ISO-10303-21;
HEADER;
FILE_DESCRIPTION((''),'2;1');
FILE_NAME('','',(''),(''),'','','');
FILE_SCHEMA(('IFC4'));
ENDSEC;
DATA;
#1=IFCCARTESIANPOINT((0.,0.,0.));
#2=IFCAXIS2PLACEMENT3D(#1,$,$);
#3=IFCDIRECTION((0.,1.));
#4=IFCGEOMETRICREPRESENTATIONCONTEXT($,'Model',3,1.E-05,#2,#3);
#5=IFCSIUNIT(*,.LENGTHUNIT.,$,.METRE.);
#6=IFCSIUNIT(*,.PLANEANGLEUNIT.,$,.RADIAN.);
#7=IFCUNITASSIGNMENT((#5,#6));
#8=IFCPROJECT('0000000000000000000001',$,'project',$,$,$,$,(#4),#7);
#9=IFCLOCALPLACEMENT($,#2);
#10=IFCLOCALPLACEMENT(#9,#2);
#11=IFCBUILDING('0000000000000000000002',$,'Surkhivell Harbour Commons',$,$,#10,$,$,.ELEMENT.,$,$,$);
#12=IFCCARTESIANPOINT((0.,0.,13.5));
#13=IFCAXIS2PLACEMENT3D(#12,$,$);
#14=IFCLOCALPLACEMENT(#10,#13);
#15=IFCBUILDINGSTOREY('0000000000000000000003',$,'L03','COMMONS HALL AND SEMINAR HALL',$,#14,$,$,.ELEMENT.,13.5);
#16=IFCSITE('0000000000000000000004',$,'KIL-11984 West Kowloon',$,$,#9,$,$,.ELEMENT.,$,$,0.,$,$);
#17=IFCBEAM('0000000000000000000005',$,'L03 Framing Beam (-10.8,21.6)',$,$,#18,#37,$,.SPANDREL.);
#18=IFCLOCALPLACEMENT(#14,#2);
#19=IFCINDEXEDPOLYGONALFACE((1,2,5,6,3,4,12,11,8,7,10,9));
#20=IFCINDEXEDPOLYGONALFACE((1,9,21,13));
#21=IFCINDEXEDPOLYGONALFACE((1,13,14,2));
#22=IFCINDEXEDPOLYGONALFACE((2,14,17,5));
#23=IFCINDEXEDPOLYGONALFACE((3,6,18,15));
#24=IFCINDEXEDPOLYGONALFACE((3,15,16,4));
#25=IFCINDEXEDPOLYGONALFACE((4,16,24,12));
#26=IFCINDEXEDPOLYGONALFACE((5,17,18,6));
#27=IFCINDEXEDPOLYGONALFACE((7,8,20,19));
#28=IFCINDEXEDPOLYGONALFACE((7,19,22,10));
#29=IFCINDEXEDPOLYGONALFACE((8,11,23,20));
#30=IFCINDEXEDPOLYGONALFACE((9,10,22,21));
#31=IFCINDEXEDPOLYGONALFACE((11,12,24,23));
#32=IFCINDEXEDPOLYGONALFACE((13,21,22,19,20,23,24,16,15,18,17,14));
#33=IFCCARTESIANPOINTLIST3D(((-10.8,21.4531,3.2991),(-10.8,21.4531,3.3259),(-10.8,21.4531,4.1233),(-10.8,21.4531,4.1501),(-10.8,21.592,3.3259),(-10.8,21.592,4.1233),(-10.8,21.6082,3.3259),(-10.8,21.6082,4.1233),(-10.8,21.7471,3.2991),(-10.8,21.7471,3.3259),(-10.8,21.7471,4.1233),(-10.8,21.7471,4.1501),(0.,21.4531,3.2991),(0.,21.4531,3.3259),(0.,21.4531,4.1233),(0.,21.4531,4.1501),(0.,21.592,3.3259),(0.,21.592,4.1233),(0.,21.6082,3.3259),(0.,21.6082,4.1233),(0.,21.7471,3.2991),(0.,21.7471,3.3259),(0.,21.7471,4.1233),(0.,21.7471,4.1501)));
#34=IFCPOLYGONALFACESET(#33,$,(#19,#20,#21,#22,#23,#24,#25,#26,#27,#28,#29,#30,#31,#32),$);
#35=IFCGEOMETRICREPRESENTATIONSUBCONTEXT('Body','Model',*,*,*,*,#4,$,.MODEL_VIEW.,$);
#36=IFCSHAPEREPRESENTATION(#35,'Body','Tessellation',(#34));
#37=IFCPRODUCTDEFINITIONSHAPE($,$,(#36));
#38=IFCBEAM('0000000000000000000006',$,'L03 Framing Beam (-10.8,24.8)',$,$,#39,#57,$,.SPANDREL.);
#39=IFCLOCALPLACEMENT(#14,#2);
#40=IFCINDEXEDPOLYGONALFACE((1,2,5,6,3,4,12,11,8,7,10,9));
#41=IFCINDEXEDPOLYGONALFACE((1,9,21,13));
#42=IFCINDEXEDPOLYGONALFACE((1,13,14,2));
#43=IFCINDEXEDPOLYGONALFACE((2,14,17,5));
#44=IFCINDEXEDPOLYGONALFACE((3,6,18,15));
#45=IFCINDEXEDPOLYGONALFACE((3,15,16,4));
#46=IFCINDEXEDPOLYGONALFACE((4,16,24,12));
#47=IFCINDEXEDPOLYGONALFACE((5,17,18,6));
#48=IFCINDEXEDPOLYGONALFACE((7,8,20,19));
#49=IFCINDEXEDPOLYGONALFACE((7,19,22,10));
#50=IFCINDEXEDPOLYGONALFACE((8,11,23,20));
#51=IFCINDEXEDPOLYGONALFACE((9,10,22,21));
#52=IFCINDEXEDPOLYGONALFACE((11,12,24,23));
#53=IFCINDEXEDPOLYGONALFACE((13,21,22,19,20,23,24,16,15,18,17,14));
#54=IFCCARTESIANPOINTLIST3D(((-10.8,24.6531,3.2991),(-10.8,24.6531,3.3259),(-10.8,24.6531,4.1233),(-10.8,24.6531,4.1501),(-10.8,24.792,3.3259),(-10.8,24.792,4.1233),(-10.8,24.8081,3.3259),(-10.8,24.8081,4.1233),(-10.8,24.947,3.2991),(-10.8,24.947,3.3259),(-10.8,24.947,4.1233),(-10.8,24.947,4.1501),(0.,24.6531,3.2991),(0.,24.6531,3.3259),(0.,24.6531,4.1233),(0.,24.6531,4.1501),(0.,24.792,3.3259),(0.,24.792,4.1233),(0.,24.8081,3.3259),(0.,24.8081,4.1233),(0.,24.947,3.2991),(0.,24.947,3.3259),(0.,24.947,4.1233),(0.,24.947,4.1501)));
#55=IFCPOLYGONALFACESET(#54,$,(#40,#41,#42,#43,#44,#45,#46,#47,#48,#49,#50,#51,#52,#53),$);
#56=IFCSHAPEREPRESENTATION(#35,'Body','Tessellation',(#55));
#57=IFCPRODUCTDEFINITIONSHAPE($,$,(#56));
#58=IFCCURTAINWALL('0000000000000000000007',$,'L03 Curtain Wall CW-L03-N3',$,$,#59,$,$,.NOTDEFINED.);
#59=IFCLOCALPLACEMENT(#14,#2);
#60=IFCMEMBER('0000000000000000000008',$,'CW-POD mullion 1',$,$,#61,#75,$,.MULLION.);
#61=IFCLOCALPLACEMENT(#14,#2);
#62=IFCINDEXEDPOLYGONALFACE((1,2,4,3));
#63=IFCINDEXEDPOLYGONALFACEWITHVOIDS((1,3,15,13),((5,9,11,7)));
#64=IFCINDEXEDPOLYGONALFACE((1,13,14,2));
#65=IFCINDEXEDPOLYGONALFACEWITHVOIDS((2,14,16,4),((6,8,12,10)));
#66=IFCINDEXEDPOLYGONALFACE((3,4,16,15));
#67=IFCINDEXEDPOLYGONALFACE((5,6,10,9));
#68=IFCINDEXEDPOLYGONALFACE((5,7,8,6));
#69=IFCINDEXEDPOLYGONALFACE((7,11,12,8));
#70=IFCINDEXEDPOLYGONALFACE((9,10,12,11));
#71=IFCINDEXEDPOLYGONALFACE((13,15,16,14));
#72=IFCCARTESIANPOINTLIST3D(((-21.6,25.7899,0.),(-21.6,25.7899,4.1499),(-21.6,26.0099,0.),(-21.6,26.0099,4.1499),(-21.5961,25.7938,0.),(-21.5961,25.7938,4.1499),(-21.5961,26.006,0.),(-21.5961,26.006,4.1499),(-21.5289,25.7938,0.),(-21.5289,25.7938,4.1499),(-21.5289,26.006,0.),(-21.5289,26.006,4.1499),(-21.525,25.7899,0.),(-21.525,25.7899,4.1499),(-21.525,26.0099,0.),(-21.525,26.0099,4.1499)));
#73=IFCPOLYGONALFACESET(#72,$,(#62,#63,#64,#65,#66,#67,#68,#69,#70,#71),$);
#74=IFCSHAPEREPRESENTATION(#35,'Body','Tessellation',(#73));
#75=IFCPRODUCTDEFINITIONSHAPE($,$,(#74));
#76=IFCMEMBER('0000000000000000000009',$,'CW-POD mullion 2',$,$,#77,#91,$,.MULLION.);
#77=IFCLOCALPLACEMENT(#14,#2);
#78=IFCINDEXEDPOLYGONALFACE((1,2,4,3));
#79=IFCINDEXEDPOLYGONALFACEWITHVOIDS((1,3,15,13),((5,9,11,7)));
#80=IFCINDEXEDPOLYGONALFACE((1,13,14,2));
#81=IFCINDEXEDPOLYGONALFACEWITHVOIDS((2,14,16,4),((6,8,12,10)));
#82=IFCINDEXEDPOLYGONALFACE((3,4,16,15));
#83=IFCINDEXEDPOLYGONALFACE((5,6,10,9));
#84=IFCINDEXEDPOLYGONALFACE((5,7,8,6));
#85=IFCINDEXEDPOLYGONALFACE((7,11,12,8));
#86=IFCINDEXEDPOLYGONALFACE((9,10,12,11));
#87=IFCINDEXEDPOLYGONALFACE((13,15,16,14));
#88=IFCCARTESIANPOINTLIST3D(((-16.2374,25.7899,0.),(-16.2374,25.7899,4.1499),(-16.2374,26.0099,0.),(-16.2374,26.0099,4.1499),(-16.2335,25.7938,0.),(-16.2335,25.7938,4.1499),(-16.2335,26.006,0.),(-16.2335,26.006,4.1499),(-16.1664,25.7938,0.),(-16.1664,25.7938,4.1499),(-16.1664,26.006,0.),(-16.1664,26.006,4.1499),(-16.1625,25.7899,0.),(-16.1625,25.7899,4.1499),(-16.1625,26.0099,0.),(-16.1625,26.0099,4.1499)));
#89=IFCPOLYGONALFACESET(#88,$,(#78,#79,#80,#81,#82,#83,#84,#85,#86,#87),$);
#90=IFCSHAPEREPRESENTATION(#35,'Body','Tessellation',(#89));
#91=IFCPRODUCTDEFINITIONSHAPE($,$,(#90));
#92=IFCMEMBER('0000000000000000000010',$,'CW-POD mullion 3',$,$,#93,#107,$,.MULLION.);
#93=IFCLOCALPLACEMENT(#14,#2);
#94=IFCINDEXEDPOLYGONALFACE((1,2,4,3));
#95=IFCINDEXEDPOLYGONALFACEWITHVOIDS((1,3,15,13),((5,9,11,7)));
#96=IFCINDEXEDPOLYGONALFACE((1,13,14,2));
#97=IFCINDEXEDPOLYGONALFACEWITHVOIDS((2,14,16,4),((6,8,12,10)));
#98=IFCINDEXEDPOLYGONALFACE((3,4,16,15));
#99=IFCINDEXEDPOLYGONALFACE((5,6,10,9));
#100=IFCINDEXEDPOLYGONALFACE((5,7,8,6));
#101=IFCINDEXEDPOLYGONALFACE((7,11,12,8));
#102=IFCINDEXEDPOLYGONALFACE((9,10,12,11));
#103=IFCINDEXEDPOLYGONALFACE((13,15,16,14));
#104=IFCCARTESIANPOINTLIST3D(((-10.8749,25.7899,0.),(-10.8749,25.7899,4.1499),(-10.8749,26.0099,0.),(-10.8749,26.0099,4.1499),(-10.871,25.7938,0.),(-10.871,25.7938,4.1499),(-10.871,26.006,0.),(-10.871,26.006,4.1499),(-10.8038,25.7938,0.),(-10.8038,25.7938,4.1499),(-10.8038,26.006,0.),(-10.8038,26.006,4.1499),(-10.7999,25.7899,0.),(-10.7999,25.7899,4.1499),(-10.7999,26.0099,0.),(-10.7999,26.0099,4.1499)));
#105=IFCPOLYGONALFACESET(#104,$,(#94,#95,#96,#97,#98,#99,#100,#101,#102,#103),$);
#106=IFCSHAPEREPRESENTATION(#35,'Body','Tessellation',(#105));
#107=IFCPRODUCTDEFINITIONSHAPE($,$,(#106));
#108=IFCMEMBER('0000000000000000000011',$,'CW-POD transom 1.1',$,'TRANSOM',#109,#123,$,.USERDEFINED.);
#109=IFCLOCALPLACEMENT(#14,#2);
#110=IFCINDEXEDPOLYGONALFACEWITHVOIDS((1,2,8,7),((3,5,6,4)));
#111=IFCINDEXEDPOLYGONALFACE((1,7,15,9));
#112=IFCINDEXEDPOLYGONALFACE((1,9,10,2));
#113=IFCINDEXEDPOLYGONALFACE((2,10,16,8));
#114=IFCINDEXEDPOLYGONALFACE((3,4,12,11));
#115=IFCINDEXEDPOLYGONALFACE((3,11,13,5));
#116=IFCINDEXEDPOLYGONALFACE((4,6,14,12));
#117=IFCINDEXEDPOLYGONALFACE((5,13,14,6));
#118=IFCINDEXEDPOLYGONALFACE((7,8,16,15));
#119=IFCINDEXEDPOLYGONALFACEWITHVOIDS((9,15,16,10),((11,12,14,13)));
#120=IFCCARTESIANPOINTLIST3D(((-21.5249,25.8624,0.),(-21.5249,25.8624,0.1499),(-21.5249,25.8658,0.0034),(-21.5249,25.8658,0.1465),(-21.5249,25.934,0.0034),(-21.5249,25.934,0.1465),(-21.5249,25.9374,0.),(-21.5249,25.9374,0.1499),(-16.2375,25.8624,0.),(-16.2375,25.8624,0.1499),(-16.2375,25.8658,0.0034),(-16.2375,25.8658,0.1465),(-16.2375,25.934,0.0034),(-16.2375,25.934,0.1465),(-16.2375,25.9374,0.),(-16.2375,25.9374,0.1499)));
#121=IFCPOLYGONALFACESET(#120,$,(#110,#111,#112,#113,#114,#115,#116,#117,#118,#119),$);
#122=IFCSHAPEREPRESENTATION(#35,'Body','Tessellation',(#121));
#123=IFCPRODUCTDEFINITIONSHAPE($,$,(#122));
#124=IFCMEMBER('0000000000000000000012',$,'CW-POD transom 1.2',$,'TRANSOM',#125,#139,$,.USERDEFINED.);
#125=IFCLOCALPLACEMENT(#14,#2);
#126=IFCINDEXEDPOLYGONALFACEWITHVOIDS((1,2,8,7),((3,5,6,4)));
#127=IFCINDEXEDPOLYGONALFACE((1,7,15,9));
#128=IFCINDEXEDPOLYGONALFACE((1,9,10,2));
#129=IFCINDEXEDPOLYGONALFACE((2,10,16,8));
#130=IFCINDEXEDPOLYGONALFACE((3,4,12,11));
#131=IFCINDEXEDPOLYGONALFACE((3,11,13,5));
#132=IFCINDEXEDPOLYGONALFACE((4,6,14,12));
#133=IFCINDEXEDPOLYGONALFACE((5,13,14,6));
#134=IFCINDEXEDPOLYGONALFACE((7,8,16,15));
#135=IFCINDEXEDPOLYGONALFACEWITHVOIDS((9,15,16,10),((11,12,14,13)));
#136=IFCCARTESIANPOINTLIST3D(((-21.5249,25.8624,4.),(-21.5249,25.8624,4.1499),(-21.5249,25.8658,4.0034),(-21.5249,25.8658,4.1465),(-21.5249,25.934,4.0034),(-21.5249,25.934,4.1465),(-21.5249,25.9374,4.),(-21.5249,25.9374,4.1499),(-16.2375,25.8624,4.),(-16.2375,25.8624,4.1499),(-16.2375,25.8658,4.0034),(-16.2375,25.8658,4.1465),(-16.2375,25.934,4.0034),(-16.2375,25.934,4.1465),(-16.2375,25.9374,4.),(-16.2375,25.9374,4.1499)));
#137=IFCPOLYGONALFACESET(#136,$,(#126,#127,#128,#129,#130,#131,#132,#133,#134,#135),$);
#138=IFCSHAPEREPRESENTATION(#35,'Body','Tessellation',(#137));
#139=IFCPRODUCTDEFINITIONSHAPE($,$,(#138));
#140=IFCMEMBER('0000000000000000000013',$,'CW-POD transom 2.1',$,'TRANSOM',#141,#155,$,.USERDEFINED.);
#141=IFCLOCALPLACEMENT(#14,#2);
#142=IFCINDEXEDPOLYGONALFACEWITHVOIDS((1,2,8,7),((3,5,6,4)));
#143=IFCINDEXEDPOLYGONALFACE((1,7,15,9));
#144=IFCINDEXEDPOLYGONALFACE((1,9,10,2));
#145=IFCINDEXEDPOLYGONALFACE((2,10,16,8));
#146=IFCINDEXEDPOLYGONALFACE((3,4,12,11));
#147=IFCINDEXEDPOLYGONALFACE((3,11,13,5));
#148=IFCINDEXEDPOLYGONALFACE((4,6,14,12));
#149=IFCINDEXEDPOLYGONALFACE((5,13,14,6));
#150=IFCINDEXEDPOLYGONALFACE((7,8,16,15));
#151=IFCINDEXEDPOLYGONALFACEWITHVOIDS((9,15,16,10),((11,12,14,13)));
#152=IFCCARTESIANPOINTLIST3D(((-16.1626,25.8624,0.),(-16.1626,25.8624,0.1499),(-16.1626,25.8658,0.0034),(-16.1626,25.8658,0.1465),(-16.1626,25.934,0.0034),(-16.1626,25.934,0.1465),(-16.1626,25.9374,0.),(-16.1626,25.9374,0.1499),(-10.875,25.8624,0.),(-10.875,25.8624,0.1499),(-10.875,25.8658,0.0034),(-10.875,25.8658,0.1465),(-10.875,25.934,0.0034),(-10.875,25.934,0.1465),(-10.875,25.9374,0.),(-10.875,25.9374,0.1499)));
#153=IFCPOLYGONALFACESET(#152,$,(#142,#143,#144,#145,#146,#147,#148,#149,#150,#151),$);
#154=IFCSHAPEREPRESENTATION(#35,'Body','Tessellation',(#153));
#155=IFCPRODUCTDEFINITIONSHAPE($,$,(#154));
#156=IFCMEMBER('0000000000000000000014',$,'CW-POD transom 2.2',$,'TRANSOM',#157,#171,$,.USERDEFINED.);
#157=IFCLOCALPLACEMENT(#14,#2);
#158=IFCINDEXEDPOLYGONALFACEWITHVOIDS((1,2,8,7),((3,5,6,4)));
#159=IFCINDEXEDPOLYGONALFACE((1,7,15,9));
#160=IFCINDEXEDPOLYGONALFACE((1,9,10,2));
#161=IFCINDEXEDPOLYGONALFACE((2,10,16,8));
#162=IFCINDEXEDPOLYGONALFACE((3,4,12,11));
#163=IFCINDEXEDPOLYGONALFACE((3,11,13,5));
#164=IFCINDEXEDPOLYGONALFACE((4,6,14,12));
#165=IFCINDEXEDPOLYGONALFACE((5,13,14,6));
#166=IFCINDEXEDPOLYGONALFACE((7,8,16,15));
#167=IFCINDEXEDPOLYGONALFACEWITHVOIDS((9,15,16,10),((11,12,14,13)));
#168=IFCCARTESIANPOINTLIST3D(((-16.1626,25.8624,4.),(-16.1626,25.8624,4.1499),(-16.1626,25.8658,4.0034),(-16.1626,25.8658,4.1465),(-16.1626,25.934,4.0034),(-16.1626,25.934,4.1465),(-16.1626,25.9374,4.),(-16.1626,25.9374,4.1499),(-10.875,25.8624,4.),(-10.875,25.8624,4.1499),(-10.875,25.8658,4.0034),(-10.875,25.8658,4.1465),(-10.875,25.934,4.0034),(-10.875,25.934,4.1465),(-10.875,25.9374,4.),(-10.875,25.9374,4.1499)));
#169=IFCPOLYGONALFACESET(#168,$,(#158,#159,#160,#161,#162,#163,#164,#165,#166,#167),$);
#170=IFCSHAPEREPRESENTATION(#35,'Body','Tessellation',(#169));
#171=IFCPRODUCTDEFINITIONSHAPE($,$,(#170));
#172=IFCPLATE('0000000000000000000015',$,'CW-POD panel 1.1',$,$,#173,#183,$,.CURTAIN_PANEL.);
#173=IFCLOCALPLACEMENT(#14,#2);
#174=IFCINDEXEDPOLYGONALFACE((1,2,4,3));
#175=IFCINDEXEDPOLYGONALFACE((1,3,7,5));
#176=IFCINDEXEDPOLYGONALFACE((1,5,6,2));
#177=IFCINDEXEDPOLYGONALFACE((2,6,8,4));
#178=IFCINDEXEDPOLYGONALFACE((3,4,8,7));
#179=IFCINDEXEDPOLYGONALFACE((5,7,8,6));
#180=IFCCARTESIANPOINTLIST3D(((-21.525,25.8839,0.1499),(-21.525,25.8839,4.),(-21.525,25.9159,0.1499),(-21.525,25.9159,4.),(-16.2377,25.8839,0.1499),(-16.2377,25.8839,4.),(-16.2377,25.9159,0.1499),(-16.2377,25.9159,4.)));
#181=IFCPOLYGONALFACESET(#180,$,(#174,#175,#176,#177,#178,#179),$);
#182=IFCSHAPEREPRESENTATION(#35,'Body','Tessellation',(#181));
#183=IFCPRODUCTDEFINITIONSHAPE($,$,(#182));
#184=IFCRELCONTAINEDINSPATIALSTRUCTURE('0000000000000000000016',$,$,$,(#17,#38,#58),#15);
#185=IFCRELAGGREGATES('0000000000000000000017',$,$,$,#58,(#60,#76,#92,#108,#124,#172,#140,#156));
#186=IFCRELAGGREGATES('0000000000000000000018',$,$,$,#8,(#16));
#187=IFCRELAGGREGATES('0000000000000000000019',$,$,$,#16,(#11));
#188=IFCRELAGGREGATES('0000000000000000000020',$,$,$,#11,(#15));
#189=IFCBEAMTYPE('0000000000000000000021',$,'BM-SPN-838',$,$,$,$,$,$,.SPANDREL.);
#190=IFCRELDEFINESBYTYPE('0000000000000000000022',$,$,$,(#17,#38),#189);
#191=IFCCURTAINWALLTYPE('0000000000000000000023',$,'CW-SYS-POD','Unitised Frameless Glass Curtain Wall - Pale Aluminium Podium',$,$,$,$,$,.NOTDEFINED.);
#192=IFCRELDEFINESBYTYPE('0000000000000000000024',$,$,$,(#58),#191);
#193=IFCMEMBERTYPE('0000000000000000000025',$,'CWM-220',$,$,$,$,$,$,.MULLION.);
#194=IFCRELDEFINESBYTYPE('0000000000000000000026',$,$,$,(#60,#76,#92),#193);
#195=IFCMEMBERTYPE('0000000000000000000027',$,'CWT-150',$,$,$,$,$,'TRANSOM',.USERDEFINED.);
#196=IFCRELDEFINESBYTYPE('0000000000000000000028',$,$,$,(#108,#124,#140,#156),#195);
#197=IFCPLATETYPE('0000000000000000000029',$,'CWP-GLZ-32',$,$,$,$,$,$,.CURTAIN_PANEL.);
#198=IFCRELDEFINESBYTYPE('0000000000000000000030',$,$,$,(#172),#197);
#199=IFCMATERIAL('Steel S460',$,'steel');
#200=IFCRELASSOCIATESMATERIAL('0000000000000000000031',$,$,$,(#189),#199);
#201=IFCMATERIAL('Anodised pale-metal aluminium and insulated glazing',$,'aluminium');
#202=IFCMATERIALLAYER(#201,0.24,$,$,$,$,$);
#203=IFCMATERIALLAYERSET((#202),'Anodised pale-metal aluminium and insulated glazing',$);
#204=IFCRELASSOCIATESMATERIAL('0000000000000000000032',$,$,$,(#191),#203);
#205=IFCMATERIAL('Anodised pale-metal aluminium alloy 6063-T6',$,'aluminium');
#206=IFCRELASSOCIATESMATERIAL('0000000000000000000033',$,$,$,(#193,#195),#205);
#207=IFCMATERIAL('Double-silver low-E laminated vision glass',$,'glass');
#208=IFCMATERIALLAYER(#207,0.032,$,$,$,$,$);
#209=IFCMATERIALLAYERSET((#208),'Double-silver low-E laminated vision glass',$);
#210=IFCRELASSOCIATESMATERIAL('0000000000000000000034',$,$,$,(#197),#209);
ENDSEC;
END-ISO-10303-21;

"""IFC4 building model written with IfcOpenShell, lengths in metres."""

from ifc_helpers import new_model, si_unit, direction, frame, frame_2d, origin, origin_2d, place, context, subcontext, project, spatial, rectangle, hollow_rectangle, i_section, extrude, material, layer, layer_set, material_profile, profile_set, type_object, element, aggregate, save


model = new_model("IFC4")

# Units and contexts
model_context = context("Model", 3, precision=1e-05, world=origin(), true_north=direction((0.0, 1.0)))
body_context = subcontext(model_context, "Body", "Model", "MODEL_VIEW")
ifc_project = project(units=[si_unit("LENGTHUNIT", "METRE"), si_unit("PLANEANGLEUNIT", "RADIAN")], contexts=[model_context])

# Site, building, storey
site_placement = place(None, origin())
site = spatial("IfcSite", under=ifc_project, at=site_placement, Name="KIL-11984 West Kowloon", CompositionType="ELEMENT", RefElevation=0.0)
building_placement = place(site_placement, origin())
building = spatial("IfcBuilding", under=site, at=building_placement, Name="Surkhivell Harbour Commons", CompositionType="ELEMENT")
storey_placement = place(building_placement, frame((0.0, 0.0, 13.5)))
storey = spatial("IfcBuildingStorey", under=building, at=storey_placement, Name="L03", Description="COMMONS HALL AND SEMINAR HALL", CompositionType="ELEMENT", Elevation=13.5)

# Beams
ifc_material_1 = material(Name="Steel S460", Category="steel")
ifc_material_profile_1 = material_profile(ifc_material_1, i_section(OverallWidth=0.2939, OverallDepth=0.8511, WebThickness=0.0161, FlangeThickness=0.0269, at=origin_2d()), Name="UB838x292x226")
ifc_profile_set_1 = profile_set([ifc_material_profile_1], Name="Steel S460")
beam_type = type_object("IfcBeamType", Name="BM-SPN-838", PredefinedType="SPANDREL", material=ifc_profile_set_1)
for number, where, z_axis, x_axis, name in (
    (1, (-10.8, 21.6001, 3.7246), (1.0, 0.0, 0.0), (0.0, 1.0, 0.0), "L03 Framing Beam (-10.8,21.6)"),
    (2, (-10.8, 24.8, 3.7246), (1.0, 0.0, 0.0), (0.0, 1.0, 0.0), "L03 Framing Beam (-10.8,24.8)"),
):
    element("IfcBeam", number, at=place(storey_placement, frame(where, z_axis=z_axis, x_axis=x_axis)), inside=storey, type_object=beam_type, Name=name, PredefinedType="SPANDREL", context=body_context, shape_type="SweptSolid", body=[
        extrude(i_section(OverallWidth=0.2939, OverallDepth=0.8511, WebThickness=0.0161, FlangeThickness=0.0269, at=origin_2d()), origin(), (0.0, 0.0, 1.0), 10.8),
    ])

# Curtain wall, members, plate
ifc_material_2 = material(Name="Anodised pale-metal aluminium and insulated glazing", Category="aluminium")
ifc_layer_1 = layer(ifc_material_2, 0.24)
ifc_layer_set_1 = layer_set([ifc_layer_1], Name="Anodised pale-metal aluminium and insulated glazing")
curtain_wall_type = type_object("IfcCurtainWallType", Name="CW-SYS-POD", Description="Unitised Frameless Glass Curtain Wall - Pale Aluminium Podium", PredefinedType="NOTDEFINED", material=ifc_layer_set_1)
curtain_wall_placement = place(storey_placement, origin())
curtain_wall = element("IfcCurtainWall", 3, at=curtain_wall_placement, inside=storey, type_object=curtain_wall_type, Name="L03 Curtain Wall CW-L03-N3", PredefinedType="NOTDEFINED")
ifc_material_3 = material(Name="Anodised pale-metal aluminium alloy 6063-T6", Category="aluminium")
ifc_material_profile_2 = material_profile(ifc_material_3, hollow_rectangle(XDim=0.075, YDim=0.22, WallThickness=0.0039, at=origin_2d()), Name="ALU-MULL-75x220")
ifc_profile_set_2 = profile_set([ifc_material_profile_2], Name="Anodised pale-metal aluminium alloy 6063-T6")
member_type_1 = type_object("IfcMemberType", Name="CWM-220", PredefinedType="MULLION", material=ifc_profile_set_2)
member_1_placement = place(storey_placement, frame((-21.5625, 25.8999, 0.0), z_axis=(0.0, 0.0, 1.0), x_axis=(1.0, 0.0, 0.0)))
member_1 = element("IfcMember", 4, at=member_1_placement, type_object=member_type_1, Name="CW-POD mullion 1", PredefinedType="MULLION", context=body_context, shape_type="SweptSolid", body=[
    extrude(hollow_rectangle(XDim=0.075, YDim=0.22, WallThickness=0.0039, at=origin_2d()), origin(), (0.0, 0.0, 1.0), 4.1499),
])
member_2_placement = place(storey_placement, frame((-16.2, 25.8999, 0.0), z_axis=(0.0, 0.0, 1.0), x_axis=(1.0, 0.0, 0.0)))
member_2 = element("IfcMember", 5, at=member_2_placement, type_object=member_type_1, Name="CW-POD mullion 2", PredefinedType="MULLION", context=body_context, shape_type="SweptSolid", body=[
    extrude(hollow_rectangle(XDim=0.075, YDim=0.22, WallThickness=0.0039, at=origin_2d()), origin(), (0.0, 0.0, 1.0), 4.1499),
])
member_3_placement = place(storey_placement, frame((-10.8374, 25.8999, 0.0), z_axis=(0.0, 0.0, 1.0), x_axis=(1.0, 0.0, 0.0)))
member_3 = element("IfcMember", 6, at=member_3_placement, type_object=member_type_1, Name="CW-POD mullion 3", PredefinedType="MULLION", context=body_context, shape_type="SweptSolid", body=[
    extrude(hollow_rectangle(XDim=0.075, YDim=0.22, WallThickness=0.0039, at=origin_2d()), origin(), (0.0, 0.0, 1.0), 4.1499),
])
ifc_material_profile_3 = material_profile(ifc_material_3, hollow_rectangle(XDim=0.075, YDim=0.1499, WallThickness=0.0034, at=origin_2d()), Name="ALU-TRAN-75x150")
ifc_profile_set_3 = profile_set([ifc_material_profile_3], Name="Anodised pale-metal aluminium alloy 6063-T6")
member_type_2 = type_object("IfcMemberType", Name="CWT-150", ElementType="TRANSOM", PredefinedType="USERDEFINED", material=ifc_profile_set_3)
member_4_placement = place(storey_placement, frame((-21.5249, 25.8999, 0.075), z_axis=(1.0, 0.0, 0.0), x_axis=(0.0, 1.0, 0.0)))
member_4 = element("IfcMember", 7, at=member_4_placement, type_object=member_type_2, Name="CW-POD transom 1.1", ObjectType="TRANSOM", PredefinedType="USERDEFINED", context=body_context, shape_type="SweptSolid", body=[
    extrude(hollow_rectangle(XDim=0.075, YDim=0.1499, WallThickness=0.0034, at=origin_2d()), origin(), (0.0, 0.0, 1.0), 5.2874),
])
member_5_placement = place(storey_placement, frame((-21.5249, 25.8999, 4.075), z_axis=(1.0, 0.0, 0.0), x_axis=(0.0, 1.0, 0.0)))
member_5 = element("IfcMember", 8, at=member_5_placement, type_object=member_type_2, Name="CW-POD transom 1.2", ObjectType="TRANSOM", PredefinedType="USERDEFINED", context=body_context, shape_type="SweptSolid", body=[
    extrude(hollow_rectangle(XDim=0.075, YDim=0.1499, WallThickness=0.0034, at=origin_2d()), origin(), (0.0, 0.0, 1.0), 5.2874),
])
member_6_placement = place(storey_placement, frame((-16.1626, 25.8999, 0.075), z_axis=(1.0, 0.0, 0.0), x_axis=(0.0, 1.0, 0.0)))
member_6 = element("IfcMember", 9, at=member_6_placement, type_object=member_type_2, Name="CW-POD transom 2.1", ObjectType="TRANSOM", PredefinedType="USERDEFINED", context=body_context, shape_type="SweptSolid", body=[
    extrude(hollow_rectangle(XDim=0.075, YDim=0.1499, WallThickness=0.0034, at=origin_2d()), origin(), (0.0, 0.0, 1.0), 5.2876),
])
member_7_placement = place(storey_placement, frame((-16.1626, 25.8999, 4.075), z_axis=(1.0, 0.0, 0.0), x_axis=(0.0, 1.0, 0.0)))
member_7 = element("IfcMember", 10, at=member_7_placement, type_object=member_type_2, Name="CW-POD transom 2.2", ObjectType="TRANSOM", PredefinedType="USERDEFINED", context=body_context, shape_type="SweptSolid", body=[
    extrude(hollow_rectangle(XDim=0.075, YDim=0.1499, WallThickness=0.0034, at=origin_2d()), origin(), (0.0, 0.0, 1.0), 5.2876),
])
ifc_material_4 = material(Name="Double-silver low-E laminated vision glass", Category="glass")
ifc_layer_2 = layer(ifc_material_4, 0.032)
ifc_layer_set_2 = layer_set([ifc_layer_2], Name="Double-silver low-E laminated vision glass")
plate_type = type_object("IfcPlateType", Name="CWP-GLZ-32", PredefinedType="CURTAIN_PANEL", material=ifc_layer_set_2)
plate_1_placement = place(storey_placement, frame((-21.5249, 25.8999, 0.1499), z_axis=(0.0, 0.0, 1.0), x_axis=(1.0, 0.0, 0.0)))
plate_1 = element("IfcPlate", 11, at=plate_1_placement, type_object=plate_type, Name="CW-POD panel 1.1", PredefinedType="CURTAIN_PANEL", context=body_context, shape_type="SweptSolid", body=[
    extrude(rectangle(XDim=5.2874, YDim=0.032, at=frame_2d((2.6436, 0.0))), origin(), (0.0, 0.0, 1.0), 3.8501),
])
aggregate(curtain_wall, [member_1, member_2, member_3, member_4, member_5, plate_1, member_6, member_7])

save(model, "model.ifc")
